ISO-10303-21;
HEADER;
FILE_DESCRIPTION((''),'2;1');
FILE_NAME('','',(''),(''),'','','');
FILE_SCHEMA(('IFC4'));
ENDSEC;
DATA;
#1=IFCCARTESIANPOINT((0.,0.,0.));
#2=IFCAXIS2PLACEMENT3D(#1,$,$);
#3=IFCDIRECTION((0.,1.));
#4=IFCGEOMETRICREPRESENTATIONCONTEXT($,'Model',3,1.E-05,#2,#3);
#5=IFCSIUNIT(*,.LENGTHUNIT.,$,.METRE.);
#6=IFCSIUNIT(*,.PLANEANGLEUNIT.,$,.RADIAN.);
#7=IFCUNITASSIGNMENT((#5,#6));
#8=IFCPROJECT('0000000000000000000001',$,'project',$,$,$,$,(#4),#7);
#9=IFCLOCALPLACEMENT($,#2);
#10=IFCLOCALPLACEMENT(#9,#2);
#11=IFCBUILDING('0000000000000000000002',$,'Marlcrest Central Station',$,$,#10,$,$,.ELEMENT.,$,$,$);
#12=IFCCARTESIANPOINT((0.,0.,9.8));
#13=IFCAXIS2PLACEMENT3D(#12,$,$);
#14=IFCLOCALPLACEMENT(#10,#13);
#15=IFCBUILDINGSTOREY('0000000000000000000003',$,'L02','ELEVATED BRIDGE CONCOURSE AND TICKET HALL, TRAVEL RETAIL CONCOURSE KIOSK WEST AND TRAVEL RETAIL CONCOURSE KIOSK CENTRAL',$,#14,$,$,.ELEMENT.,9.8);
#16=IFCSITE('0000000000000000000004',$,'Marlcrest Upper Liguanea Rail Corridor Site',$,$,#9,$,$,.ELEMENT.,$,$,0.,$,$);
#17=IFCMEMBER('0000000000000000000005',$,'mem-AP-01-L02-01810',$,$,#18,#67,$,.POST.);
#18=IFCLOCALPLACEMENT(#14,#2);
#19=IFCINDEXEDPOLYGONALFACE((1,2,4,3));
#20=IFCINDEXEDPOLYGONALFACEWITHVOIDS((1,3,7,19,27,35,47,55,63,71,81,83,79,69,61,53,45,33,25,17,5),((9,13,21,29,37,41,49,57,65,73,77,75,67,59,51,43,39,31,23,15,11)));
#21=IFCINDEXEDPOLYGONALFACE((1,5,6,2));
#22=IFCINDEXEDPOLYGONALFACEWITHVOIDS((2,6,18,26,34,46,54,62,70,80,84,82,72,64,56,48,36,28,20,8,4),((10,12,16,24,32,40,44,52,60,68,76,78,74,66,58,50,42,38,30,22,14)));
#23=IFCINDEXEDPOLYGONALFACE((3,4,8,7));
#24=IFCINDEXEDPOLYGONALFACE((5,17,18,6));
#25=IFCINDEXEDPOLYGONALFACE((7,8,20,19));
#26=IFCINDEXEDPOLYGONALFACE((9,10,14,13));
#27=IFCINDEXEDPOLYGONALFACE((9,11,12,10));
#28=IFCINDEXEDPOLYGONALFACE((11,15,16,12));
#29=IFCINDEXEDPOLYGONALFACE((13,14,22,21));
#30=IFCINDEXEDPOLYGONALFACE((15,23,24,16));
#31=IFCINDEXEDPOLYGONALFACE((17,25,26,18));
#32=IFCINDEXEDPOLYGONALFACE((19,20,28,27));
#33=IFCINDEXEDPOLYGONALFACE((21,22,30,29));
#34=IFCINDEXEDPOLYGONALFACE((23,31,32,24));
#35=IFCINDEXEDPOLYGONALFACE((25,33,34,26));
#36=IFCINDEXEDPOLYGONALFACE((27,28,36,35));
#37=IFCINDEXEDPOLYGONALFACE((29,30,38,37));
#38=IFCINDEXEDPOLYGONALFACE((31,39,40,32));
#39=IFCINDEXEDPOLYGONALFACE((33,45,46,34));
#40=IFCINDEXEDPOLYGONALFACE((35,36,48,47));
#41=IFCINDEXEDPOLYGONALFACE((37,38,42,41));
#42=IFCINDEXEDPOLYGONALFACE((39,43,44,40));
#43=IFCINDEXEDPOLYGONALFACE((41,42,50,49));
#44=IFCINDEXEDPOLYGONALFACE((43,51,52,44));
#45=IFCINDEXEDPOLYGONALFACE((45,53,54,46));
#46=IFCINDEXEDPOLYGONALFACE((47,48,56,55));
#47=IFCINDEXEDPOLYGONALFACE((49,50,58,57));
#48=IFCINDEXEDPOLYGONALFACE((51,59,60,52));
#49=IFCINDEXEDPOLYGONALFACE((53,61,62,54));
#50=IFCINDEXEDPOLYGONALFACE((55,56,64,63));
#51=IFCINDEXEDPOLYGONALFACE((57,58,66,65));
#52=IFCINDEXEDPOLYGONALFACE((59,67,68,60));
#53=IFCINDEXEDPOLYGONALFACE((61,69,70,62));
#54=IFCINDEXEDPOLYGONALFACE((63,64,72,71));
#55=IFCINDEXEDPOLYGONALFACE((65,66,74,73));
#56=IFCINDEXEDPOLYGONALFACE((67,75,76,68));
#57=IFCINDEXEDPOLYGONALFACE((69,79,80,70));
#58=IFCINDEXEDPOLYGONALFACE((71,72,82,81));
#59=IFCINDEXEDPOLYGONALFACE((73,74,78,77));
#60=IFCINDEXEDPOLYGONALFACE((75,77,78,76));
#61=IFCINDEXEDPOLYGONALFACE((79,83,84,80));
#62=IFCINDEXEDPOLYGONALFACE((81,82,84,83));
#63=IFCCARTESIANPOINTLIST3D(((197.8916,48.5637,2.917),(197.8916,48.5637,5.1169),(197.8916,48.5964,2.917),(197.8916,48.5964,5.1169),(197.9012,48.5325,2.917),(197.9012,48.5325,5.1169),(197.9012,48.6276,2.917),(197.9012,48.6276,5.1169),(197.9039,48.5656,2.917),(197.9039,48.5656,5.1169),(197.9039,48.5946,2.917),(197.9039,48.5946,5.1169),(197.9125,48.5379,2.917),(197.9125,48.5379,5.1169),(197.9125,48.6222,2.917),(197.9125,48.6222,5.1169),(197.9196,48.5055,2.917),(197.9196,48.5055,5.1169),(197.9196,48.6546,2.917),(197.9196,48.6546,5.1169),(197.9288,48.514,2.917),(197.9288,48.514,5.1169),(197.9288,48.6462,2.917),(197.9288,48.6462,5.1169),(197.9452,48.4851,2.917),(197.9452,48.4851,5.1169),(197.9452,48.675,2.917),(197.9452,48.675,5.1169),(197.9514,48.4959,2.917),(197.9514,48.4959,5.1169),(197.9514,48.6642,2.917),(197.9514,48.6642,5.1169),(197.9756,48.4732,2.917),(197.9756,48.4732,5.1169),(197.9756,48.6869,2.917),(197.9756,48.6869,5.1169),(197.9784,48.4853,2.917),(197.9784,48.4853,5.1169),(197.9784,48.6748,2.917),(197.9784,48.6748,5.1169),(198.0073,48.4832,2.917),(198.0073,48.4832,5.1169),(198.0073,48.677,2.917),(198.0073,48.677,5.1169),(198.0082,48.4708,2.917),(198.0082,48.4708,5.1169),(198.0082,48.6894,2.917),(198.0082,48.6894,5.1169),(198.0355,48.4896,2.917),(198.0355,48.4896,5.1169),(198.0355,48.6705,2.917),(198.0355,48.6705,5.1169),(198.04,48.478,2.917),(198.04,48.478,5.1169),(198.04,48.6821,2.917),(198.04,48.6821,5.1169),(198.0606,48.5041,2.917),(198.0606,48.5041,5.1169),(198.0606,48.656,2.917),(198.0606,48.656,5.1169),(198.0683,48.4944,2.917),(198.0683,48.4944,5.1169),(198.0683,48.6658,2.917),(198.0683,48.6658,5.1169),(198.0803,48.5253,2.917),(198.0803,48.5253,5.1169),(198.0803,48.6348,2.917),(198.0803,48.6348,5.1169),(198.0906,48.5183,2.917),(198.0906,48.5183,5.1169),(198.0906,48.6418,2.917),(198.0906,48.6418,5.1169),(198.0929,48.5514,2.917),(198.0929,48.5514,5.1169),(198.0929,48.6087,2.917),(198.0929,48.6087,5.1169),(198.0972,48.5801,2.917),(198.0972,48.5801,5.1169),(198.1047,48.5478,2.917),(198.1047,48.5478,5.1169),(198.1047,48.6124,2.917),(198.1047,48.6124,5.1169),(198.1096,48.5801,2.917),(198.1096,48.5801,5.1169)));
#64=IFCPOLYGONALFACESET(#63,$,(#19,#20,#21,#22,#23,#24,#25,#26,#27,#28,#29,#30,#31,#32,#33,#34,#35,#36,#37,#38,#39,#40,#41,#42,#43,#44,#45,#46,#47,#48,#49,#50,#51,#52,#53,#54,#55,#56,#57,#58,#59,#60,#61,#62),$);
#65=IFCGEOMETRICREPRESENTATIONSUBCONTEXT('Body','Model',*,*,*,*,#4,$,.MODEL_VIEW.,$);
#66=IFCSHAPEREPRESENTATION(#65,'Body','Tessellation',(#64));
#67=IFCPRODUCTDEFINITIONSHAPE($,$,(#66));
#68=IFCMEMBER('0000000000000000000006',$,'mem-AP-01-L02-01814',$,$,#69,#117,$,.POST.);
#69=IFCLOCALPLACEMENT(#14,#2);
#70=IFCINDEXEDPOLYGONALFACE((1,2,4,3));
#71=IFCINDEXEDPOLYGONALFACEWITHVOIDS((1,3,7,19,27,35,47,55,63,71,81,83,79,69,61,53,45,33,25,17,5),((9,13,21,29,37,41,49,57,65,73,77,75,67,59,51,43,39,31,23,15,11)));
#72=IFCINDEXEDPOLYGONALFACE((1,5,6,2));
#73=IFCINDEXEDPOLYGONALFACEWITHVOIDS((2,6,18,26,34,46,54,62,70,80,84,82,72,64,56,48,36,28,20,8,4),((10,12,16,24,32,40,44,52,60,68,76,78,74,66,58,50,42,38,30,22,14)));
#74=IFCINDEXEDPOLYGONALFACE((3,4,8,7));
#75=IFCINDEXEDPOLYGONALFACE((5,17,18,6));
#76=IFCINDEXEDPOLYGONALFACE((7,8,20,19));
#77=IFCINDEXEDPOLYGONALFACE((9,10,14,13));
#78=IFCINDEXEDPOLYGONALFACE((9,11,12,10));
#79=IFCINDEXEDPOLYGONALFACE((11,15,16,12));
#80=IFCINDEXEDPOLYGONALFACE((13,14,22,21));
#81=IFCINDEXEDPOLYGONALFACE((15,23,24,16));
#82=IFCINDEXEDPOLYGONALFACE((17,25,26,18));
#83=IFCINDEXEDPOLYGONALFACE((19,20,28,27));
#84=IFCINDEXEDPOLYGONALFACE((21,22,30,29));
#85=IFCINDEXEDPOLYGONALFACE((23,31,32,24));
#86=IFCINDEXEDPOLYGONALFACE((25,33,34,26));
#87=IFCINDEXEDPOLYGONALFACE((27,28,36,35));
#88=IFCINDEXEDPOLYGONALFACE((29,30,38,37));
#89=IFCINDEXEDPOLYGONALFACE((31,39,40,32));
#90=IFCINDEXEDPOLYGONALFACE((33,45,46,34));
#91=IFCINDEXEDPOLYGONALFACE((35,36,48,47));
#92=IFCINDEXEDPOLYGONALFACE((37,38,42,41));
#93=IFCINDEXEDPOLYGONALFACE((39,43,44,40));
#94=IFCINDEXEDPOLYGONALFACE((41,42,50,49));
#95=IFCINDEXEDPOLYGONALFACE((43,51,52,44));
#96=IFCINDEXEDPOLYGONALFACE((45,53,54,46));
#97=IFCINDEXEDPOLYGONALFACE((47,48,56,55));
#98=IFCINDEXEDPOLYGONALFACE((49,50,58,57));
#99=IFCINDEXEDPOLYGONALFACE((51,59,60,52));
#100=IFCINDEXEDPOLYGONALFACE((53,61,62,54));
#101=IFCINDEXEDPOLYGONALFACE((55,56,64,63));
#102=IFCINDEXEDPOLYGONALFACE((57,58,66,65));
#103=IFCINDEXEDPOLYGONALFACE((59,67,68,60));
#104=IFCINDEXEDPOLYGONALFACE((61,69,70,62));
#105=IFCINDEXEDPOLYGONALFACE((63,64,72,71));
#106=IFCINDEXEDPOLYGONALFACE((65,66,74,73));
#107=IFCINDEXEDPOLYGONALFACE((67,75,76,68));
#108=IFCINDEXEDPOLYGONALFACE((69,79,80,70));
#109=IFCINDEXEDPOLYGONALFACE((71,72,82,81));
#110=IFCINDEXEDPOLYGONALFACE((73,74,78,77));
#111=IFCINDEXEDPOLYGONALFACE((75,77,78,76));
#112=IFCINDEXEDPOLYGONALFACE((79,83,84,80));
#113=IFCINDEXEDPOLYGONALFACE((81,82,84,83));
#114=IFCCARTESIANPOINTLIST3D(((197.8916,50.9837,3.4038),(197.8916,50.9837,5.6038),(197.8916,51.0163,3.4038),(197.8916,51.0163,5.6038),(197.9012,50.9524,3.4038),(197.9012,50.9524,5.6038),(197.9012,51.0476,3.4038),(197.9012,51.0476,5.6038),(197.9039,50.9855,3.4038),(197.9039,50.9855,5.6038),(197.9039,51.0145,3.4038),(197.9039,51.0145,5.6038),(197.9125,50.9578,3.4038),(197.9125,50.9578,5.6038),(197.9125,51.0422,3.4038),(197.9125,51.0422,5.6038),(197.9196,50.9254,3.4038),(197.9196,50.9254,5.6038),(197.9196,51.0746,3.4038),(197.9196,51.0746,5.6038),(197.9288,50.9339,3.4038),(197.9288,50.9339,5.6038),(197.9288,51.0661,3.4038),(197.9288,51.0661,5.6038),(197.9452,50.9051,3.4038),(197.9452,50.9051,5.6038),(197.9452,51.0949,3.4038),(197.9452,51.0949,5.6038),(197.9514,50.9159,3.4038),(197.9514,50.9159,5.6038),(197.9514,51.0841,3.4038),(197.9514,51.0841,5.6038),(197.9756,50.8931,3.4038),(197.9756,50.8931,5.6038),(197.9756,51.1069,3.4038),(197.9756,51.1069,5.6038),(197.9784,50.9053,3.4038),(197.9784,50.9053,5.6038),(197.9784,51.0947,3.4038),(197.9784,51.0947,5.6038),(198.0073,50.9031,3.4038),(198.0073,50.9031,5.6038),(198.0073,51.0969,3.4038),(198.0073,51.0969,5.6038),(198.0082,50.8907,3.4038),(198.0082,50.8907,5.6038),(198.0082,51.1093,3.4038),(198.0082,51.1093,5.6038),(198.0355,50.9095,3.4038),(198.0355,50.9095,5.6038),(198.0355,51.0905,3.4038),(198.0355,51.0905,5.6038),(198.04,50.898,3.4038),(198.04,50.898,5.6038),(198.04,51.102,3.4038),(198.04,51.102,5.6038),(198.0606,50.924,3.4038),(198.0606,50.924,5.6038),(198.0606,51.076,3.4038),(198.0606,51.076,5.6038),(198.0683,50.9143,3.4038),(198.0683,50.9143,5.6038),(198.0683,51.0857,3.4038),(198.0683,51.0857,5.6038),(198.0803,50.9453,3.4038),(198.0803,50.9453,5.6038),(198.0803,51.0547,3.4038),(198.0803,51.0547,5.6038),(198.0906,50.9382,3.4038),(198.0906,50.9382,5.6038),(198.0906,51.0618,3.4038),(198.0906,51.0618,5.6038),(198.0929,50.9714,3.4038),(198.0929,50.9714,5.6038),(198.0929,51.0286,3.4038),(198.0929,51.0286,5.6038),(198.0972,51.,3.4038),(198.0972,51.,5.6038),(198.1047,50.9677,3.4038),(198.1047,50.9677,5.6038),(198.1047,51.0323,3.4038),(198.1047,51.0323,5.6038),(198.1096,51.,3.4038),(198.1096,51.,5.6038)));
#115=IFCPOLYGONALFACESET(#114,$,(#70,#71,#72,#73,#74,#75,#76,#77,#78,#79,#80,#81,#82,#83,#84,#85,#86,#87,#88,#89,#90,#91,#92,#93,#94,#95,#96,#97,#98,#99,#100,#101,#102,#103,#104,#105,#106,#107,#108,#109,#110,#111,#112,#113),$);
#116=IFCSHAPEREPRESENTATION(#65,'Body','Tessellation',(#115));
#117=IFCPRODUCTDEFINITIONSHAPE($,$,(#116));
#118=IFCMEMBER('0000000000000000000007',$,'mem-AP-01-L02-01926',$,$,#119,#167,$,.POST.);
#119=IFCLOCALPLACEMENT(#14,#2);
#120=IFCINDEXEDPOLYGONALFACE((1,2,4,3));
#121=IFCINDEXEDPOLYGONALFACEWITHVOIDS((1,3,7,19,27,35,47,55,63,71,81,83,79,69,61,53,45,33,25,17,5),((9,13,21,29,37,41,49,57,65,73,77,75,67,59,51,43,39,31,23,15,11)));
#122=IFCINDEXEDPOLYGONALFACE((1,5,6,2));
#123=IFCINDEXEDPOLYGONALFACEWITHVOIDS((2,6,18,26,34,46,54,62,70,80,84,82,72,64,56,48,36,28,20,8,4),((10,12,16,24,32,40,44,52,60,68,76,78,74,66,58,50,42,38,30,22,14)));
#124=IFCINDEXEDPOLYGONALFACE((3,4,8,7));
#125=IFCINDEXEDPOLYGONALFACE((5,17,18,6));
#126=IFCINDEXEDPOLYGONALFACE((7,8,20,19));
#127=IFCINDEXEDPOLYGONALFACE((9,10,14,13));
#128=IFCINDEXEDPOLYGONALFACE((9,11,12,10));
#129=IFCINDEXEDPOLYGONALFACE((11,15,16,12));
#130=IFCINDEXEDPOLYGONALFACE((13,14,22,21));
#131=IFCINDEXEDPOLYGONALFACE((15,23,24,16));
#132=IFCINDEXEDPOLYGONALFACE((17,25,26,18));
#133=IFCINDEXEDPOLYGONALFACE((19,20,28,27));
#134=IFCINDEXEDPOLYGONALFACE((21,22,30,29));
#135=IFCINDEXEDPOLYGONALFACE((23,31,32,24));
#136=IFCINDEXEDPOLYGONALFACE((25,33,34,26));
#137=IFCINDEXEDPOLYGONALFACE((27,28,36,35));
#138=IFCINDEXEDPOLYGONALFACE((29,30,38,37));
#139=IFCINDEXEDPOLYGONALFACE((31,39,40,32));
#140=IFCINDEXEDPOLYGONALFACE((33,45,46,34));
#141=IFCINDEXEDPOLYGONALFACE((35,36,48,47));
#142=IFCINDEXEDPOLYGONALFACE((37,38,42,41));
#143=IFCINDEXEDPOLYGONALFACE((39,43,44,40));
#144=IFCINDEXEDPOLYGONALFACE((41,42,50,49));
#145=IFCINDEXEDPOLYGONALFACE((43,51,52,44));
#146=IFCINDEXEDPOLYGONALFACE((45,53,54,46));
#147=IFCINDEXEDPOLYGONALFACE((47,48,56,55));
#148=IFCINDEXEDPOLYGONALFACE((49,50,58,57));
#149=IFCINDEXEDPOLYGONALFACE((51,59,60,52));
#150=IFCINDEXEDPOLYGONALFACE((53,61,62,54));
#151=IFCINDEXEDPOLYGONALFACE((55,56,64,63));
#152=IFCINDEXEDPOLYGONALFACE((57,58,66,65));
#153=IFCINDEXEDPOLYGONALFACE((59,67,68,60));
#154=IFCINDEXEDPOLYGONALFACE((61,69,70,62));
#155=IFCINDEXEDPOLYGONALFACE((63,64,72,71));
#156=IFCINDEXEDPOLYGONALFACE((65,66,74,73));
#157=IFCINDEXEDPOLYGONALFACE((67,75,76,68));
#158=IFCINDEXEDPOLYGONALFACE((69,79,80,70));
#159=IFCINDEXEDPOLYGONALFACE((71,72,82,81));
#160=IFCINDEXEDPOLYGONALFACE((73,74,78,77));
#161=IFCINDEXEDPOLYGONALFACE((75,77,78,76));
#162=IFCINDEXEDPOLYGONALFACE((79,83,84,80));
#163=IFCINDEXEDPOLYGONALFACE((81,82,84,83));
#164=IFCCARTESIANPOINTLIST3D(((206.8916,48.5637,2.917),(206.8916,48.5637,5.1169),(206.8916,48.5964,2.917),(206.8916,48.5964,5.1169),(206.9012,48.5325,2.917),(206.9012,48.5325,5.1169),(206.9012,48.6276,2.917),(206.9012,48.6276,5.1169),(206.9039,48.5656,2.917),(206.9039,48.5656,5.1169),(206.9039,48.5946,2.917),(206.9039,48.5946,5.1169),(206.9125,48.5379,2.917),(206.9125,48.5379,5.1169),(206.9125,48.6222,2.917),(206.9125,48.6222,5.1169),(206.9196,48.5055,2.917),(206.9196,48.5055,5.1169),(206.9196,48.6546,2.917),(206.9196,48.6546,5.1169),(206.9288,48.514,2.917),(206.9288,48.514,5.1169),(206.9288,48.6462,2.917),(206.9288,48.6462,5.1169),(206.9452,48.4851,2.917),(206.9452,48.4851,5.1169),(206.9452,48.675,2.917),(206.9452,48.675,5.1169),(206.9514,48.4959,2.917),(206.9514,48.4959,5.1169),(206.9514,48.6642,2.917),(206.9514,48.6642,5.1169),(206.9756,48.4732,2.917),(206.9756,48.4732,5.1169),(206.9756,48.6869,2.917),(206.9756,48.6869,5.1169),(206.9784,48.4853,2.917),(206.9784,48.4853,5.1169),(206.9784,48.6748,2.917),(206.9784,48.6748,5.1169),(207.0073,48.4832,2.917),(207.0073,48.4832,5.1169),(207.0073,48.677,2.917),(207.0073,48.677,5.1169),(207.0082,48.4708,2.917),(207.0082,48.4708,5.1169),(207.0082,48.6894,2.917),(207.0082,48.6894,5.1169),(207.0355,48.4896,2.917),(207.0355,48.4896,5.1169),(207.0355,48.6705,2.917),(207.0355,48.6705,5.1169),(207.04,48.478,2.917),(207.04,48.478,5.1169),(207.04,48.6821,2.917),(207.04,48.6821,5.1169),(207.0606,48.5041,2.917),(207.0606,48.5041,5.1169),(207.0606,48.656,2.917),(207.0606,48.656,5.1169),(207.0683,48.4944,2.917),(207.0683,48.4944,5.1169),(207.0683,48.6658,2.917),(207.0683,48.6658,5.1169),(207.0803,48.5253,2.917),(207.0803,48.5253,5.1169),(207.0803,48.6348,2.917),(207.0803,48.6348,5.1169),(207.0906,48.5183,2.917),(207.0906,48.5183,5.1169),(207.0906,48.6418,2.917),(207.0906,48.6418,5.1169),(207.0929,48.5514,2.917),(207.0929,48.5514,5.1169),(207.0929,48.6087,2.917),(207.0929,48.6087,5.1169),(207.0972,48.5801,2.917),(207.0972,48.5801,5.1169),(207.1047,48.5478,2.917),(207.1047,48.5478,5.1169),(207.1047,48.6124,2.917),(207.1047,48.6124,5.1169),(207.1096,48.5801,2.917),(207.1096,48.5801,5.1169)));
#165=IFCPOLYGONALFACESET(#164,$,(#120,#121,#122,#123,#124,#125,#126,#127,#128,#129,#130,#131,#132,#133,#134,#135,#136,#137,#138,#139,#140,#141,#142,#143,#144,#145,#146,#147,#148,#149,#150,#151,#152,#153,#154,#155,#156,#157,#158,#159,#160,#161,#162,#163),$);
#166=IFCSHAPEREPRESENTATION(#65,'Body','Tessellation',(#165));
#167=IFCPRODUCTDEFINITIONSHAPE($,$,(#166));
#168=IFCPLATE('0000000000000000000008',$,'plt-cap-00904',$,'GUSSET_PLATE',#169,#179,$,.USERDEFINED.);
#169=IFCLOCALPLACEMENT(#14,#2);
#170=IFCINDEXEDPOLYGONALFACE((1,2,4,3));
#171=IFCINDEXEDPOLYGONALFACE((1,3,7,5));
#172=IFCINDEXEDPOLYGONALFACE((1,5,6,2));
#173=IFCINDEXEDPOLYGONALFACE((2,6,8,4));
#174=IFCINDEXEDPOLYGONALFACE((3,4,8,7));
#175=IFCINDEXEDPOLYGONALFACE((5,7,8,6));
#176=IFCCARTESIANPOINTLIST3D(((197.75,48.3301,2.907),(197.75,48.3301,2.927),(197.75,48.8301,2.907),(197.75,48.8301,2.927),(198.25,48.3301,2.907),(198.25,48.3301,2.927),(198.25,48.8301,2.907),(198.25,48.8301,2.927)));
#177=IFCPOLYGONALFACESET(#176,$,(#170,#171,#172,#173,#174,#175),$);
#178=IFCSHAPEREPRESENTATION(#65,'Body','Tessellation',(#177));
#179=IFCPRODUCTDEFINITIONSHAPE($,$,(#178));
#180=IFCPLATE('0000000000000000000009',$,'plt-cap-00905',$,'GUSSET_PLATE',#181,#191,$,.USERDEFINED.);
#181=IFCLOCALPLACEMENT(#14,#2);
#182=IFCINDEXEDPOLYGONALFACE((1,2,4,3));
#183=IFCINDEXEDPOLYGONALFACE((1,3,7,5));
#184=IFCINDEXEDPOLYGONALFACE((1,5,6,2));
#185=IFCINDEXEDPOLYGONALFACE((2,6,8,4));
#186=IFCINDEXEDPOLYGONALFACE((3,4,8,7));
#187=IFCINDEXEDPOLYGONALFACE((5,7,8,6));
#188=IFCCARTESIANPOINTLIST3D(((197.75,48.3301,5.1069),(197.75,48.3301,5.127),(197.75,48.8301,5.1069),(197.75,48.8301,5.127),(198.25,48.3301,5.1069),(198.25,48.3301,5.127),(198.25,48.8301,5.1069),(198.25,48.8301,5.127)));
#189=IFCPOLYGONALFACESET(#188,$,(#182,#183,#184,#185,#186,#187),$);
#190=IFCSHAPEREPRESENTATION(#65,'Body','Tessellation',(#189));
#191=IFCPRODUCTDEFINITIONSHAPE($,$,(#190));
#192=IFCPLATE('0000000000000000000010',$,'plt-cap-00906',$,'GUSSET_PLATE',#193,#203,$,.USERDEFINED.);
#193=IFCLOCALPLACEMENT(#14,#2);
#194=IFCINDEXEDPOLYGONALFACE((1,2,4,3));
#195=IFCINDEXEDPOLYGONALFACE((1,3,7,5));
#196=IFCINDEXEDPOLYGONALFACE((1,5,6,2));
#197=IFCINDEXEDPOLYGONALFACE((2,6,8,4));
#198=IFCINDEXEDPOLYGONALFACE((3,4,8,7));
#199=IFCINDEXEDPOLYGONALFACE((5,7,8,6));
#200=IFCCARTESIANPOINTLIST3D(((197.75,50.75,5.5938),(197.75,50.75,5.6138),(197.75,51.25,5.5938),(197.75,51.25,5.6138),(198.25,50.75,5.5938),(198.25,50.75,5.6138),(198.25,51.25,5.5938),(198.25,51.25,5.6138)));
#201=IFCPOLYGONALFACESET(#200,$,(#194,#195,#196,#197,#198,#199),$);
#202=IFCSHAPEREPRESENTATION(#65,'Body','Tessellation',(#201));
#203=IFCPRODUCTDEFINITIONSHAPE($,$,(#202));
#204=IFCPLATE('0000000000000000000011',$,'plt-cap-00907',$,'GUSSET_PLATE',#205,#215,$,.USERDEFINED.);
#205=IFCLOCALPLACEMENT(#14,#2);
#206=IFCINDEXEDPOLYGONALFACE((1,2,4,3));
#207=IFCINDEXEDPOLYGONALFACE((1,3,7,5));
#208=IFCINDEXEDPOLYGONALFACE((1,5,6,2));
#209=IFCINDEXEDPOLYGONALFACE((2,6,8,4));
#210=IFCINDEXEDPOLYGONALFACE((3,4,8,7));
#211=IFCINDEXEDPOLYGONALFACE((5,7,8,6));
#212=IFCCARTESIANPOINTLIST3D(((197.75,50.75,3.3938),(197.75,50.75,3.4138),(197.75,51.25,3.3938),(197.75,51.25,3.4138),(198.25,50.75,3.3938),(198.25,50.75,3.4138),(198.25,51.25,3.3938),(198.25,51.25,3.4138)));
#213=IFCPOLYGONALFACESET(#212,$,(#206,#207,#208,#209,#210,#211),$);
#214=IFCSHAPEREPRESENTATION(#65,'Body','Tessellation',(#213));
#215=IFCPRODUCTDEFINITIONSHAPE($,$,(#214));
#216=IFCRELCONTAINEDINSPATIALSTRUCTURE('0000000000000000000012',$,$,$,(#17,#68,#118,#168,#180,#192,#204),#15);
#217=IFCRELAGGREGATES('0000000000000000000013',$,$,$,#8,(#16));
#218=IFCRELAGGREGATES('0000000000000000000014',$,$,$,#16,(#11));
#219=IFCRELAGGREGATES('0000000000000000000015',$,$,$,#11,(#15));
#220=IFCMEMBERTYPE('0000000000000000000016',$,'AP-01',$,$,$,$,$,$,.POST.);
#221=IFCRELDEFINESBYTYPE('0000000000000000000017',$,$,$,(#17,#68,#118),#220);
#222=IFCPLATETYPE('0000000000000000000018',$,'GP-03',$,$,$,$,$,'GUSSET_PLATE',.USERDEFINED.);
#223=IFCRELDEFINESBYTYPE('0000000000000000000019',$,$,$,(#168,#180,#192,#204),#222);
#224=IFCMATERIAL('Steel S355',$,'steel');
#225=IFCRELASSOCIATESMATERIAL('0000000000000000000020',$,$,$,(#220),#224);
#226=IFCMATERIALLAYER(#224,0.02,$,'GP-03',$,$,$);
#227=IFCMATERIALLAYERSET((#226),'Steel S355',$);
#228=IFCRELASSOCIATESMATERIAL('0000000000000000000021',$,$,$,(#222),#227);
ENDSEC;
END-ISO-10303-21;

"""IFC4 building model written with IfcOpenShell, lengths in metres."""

from ifc_helpers import new_model, si_unit, direction, frame, origin, origin_2d, place, context, subcontext, project, spatial, rectangle, hollow_circle, extrude, material, layer, layer_set, material_profile, profile_set, type_object, element, save


model = new_model("IFC4")

# Units and contexts
model_context = context("Model", 3, precision=1e-05, world=origin(), true_north=direction((0.0, 1.0)))
body_context = subcontext(model_context, "Body", "Model", "MODEL_VIEW")
ifc_project = project(units=[si_unit("LENGTHUNIT", "METRE"), si_unit("PLANEANGLEUNIT", "RADIAN")], contexts=[model_context])

# Site, building, storey
site_placement = place(None, origin())
site = spatial("IfcSite", under=ifc_project, at=site_placement, Name="Marlcrest Upper Liguanea Rail Corridor Site", CompositionType="ELEMENT", RefElevation=0.0)
building_placement = place(site_placement, origin())
building = spatial("IfcBuilding", under=site, at=building_placement, Name="Marlcrest Central Station", CompositionType="ELEMENT")
storey_placement = place(building_placement, frame((0.0, 0.0, 9.8)))
storey = spatial("IfcBuildingStorey", under=building, at=storey_placement, Name="L02", Description="ELEVATED BRIDGE CONCOURSE AND TICKET HALL, TRAVEL RETAIL CONCOURSE KIOSK WEST AND TRAVEL RETAIL CONCOURSE KIOSK CENTRAL", CompositionType="ELEMENT", Elevation=9.8)

# Members
ifc_material = material(Name="Steel S355", Category="steel")
ifc_material_profile_1 = material_profile(ifc_material, hollow_circle(Radius=0.1096, WallThickness=0.0125, at=origin_2d()), Name="CHS 219.1x12.5")
ifc_profile_set_1 = profile_set([ifc_material_profile_1], Name="Steel S355")
member_type_1 = type_object("IfcMemberType", Name="AP-01", PredefinedType="POST", material=ifc_profile_set_1)
for number, where, z_axis, x_axis, name in (
    (1, (198.0, 48.5801, 2.917), (0.0, 0.0, 1.0), (1.0, 0.0, 0.0), "mem-AP-01-L02-01810"),
    (2, (198.0, 51.0, 3.4038), (0.0, 0.0, 1.0), (1.0, 0.0, 0.0), "mem-AP-01-L02-01814"),
    (3, (207.0, 48.5801, 2.917), (0.0, 0.0, 1.0), (1.0, 0.0, 0.0), "mem-AP-01-L02-01926"),
):
    element("IfcMember", number, at=place(storey_placement, frame(where, z_axis=z_axis, x_axis=x_axis)), inside=storey, type_object=member_type_1, Name=name, PredefinedType="POST", context=body_context, shape_type="SweptSolid", body=[
        extrude(hollow_circle(Radius=0.1096, WallThickness=0.0125, at=origin_2d()), origin(), (0.0, 0.0, 1.0), 2.2),
    ])

# Plates
ifc_layer = layer(ifc_material, 0.02, Name="GP-03")
ifc_layer_set = layer_set([ifc_layer], Name="Steel S355")
plate_type = type_object("IfcPlateType", Name="GP-03", ElementType="GUSSET_PLATE", PredefinedType="USERDEFINED", material=ifc_layer_set)
for number, where, z_axis, x_axis, name in (
    (4, (198.0, 48.5801, 2.907), (0.0, 0.0, 1.0), (1.0, 0.0, 0.0), "plt-cap-00904"),
    (5, (198.0, 48.5801, 5.1069), (0.0, 0.0, 1.0), (1.0, 0.0, 0.0), "plt-cap-00905"),
    (6, (198.0, 51.0, 5.5938), (0.0, 0.0, 1.0), (1.0, 0.0, 0.0), "plt-cap-00906"),
    (7, (198.0, 51.0, 3.3938), (0.0, 0.0, 1.0), (1.0, 0.0, 0.0), "plt-cap-00907"),
):
    element("IfcPlate", number, at=place(storey_placement, frame(where, z_axis=z_axis, x_axis=x_axis)), inside=storey, type_object=plate_type, Name=name, ObjectType="GUSSET_PLATE", PredefinedType="USERDEFINED", context=body_context, shape_type="SweptSolid", body=[
        extrude(rectangle(XDim=0.5, YDim=0.5, at=origin_2d()), origin(), (0.0, 0.0, 1.0), 0.02),
    ])

save(model, "model.ifc")
